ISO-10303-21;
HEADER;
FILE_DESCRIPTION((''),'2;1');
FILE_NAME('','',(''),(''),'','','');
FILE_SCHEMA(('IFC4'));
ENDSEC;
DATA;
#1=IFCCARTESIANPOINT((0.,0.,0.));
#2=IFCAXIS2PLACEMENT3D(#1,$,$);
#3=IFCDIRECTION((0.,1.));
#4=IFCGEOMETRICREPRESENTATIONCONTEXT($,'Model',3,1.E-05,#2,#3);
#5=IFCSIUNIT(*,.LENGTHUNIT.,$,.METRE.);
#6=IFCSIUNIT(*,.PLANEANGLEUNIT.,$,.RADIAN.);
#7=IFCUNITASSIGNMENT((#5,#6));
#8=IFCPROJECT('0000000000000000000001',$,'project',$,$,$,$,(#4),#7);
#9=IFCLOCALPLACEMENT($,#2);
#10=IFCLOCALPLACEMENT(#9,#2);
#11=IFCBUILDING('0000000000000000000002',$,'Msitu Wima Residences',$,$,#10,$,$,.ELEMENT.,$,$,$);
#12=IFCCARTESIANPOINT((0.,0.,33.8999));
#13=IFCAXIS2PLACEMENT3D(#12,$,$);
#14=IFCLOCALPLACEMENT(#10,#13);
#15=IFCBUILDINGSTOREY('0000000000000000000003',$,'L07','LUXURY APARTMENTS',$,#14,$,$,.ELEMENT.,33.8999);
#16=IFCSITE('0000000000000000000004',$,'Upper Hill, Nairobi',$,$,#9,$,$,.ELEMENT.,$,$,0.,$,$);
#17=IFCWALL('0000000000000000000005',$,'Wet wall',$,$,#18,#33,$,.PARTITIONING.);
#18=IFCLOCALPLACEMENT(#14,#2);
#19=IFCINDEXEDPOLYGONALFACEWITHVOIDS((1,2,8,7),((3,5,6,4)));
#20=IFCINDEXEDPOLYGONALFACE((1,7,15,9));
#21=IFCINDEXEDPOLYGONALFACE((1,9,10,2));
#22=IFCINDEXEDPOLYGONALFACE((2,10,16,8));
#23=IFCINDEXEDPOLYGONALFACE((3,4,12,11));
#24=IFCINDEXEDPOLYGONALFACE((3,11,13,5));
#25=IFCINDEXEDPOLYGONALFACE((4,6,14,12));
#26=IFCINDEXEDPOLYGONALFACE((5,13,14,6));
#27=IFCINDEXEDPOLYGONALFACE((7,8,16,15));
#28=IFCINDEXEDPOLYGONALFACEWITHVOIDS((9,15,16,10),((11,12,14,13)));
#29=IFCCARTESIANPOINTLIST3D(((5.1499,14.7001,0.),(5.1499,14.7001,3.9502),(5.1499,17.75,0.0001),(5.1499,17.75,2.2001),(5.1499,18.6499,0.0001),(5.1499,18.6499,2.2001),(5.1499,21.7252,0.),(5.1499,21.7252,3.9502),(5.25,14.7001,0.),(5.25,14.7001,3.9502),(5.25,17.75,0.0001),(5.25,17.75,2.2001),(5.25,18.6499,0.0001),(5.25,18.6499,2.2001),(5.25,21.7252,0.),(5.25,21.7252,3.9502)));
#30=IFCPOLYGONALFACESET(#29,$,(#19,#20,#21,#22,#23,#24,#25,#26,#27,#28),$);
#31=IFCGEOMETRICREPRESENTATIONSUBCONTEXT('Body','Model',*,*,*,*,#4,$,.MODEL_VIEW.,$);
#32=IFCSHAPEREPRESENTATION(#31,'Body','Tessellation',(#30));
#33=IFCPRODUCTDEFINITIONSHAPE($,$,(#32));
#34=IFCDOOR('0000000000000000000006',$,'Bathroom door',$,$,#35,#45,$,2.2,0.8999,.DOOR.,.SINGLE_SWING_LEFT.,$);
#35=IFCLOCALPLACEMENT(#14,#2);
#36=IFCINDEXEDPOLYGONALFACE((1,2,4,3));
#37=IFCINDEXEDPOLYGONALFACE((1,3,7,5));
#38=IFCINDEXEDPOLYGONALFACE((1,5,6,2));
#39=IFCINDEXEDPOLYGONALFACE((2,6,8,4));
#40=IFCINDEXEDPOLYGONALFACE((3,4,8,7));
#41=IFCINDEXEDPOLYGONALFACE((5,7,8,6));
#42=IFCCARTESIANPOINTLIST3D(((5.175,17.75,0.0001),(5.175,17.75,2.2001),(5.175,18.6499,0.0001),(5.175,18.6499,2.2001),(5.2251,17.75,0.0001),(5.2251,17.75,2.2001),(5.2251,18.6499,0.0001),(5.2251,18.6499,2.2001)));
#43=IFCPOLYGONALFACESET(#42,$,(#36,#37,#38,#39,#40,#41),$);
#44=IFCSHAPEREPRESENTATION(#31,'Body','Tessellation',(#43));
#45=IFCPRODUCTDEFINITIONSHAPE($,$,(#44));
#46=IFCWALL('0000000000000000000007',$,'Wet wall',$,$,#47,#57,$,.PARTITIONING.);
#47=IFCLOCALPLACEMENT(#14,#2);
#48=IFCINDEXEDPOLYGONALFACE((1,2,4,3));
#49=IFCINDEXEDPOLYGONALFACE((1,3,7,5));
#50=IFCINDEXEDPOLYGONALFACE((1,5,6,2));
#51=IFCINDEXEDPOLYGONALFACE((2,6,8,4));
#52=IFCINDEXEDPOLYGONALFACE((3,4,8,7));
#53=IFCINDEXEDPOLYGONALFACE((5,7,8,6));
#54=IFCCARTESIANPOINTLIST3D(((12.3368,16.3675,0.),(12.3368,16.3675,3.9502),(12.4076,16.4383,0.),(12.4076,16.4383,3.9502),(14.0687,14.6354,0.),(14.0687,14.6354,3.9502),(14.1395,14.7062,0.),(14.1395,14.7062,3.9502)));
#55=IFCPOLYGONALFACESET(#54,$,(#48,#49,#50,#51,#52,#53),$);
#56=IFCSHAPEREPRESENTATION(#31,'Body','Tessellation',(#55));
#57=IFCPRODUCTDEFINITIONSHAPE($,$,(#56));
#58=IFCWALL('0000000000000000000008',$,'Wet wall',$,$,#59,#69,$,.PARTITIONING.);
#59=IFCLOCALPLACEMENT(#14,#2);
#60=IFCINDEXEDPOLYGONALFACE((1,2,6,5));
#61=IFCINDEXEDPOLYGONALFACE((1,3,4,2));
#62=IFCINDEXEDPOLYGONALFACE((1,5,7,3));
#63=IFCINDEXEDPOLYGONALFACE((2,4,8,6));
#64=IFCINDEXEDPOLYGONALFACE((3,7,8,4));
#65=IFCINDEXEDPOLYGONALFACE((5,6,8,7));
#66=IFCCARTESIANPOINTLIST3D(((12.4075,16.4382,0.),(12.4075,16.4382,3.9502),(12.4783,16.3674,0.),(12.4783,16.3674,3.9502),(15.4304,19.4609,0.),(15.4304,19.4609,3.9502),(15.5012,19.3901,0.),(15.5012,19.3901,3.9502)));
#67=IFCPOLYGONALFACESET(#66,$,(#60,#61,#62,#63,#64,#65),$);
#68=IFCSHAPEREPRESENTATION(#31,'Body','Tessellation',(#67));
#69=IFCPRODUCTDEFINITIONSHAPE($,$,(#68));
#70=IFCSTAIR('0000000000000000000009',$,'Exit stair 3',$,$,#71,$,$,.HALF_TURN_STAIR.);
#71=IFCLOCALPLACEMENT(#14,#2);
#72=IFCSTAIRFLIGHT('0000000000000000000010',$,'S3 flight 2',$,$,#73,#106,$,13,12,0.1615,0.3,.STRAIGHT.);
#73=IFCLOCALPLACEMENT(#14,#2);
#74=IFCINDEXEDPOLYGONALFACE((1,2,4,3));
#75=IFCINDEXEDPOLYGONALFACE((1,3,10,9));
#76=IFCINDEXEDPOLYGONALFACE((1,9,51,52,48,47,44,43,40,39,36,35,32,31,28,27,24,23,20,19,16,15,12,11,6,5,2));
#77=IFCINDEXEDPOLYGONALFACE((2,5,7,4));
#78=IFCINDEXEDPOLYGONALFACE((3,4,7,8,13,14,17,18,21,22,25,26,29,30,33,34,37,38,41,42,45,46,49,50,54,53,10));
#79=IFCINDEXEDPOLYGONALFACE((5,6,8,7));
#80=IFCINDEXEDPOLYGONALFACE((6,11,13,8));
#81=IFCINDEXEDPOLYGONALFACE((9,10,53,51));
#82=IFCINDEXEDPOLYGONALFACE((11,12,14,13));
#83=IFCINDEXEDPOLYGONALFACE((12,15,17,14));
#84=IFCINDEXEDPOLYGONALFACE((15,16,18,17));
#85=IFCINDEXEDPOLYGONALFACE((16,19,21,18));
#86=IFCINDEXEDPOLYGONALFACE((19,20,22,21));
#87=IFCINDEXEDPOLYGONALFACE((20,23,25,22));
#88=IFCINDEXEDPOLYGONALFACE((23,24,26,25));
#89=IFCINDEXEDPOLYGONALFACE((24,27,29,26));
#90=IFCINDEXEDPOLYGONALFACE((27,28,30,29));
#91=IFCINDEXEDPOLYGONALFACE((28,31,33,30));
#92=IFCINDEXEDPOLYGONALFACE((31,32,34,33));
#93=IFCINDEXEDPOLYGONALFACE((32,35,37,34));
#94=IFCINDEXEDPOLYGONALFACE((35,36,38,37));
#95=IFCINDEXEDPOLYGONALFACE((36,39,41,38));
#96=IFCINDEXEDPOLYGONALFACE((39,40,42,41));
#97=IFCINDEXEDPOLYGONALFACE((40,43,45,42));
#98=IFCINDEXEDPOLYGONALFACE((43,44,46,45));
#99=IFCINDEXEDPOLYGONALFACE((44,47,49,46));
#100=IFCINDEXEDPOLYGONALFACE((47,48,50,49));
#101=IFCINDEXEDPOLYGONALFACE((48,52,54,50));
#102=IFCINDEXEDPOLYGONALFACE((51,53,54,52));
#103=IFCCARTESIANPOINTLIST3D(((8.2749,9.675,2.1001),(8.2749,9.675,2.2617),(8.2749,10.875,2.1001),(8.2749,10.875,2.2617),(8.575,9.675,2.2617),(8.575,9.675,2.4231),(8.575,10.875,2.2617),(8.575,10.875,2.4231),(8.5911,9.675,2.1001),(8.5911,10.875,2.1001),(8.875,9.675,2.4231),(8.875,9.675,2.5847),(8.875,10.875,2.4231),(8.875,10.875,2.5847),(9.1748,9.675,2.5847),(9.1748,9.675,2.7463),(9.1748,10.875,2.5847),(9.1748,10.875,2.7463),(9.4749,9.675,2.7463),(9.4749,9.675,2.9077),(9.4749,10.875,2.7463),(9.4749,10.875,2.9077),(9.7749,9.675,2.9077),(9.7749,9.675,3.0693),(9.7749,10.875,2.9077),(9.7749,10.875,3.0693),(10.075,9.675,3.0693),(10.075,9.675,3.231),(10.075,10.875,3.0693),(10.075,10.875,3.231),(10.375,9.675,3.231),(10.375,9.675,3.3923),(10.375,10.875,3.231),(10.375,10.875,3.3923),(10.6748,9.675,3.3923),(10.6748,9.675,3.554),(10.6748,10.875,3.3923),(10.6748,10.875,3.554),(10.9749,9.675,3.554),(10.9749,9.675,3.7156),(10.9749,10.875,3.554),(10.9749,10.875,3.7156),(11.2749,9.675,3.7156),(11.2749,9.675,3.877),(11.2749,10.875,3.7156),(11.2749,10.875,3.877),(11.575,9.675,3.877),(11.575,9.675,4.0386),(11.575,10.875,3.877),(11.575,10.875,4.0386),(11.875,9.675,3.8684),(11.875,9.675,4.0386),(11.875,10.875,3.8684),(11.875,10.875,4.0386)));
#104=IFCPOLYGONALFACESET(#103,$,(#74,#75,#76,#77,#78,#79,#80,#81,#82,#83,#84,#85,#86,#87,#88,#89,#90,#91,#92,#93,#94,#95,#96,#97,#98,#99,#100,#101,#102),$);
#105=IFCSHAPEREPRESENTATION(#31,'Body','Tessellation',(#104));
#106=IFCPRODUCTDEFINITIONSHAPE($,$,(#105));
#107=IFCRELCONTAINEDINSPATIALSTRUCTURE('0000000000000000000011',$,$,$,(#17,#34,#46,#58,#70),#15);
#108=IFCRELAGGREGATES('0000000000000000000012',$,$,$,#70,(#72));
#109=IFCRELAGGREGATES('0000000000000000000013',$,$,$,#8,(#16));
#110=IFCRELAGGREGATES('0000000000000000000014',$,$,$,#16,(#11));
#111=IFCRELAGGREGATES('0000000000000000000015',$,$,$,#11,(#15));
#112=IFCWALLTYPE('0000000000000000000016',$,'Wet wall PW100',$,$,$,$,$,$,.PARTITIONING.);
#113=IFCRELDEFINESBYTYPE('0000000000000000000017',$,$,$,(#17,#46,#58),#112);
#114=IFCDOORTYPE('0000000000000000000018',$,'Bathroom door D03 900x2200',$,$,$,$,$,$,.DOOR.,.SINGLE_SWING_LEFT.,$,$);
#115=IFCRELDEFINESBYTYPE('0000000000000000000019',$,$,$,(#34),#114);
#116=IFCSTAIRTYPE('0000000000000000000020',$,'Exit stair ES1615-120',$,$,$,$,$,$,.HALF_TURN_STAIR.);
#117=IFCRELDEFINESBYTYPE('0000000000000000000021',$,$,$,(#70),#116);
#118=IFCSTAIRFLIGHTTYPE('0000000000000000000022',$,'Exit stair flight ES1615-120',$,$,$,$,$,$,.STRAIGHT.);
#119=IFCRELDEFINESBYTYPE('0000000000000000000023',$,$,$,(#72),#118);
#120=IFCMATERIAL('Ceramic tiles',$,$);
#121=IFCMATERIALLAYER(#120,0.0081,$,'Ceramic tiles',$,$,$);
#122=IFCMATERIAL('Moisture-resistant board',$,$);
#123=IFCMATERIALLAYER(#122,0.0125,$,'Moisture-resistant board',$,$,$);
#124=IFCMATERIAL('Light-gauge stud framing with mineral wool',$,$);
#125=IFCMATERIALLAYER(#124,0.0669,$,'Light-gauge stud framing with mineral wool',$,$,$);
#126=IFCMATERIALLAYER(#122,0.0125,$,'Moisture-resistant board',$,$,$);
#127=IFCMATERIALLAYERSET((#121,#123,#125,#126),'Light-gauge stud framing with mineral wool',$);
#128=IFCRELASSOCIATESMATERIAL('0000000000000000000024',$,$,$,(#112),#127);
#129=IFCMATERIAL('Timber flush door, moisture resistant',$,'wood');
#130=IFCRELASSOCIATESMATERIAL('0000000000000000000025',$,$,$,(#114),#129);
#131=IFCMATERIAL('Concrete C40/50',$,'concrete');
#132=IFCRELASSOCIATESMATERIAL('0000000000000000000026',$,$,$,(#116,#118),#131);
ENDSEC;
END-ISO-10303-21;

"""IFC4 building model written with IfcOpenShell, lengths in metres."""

from ifc_helpers import new_model, si_unit, direction, frame, frame_2d, origin, place, context, subcontext, project, spatial, polyline, rectangle, outline, extrude, material, layer, layer_set, type_object, element, fill, aggregate, save


model = new_model("IFC4")

# Units and contexts
model_context = context("Model", 3, precision=1e-05, world=origin(), true_north=direction((0.0, 1.0)))
body_context = subcontext(model_context, "Body", "Model", "MODEL_VIEW")
ifc_project = project(units=[si_unit("LENGTHUNIT", "METRE"), si_unit("PLANEANGLEUNIT", "RADIAN")], contexts=[model_context])

# Site, building, storey
site_placement = place(None, origin())
site = spatial("IfcSite", under=ifc_project, at=site_placement, Name="Upper Hill, Nairobi", CompositionType="ELEMENT", RefElevation=0.0)
building_placement = place(site_placement, origin())
building = spatial("IfcBuilding", under=site, at=building_placement, Name="Msitu Wima Residences", CompositionType="ELEMENT")
storey_placement = place(building_placement, frame((0.0, 0.0, 33.8999)))
storey = spatial("IfcBuildingStorey", under=building, at=storey_placement, Name="L07", Description="LUXURY APARTMENTS", CompositionType="ELEMENT", Elevation=33.8999)

# Shared definitions
ifc_material_1 = material(Name="Ceramic tiles")
ifc_layer_1 = layer(ifc_material_1, 0.0081, Name="Ceramic tiles")
ifc_material_2 = material(Name="Moisture-resistant board")
ifc_layer_2 = layer(ifc_material_2, 0.0125, Name="Moisture-resistant board")
ifc_material_3 = material(Name="Light-gauge stud framing with mineral wool")
ifc_layer_3 = layer(ifc_material_3, 0.0669, Name="Light-gauge stud framing with mineral wool")
ifc_layer_4 = layer(ifc_material_2, 0.0125, Name="Moisture-resistant board")
ifc_layer_set_1 = layer_set([ifc_layer_1, ifc_layer_2, ifc_layer_3, ifc_layer_4], Name="Light-gauge stud framing with mineral wool")
wall_type_1 = type_object("IfcWallType", Name="Wet wall PW100", PredefinedType="PARTITIONING", material=ifc_layer_set_1)
ifc_material_4 = material(Name="Timber flush door, moisture resistant", Category="wood")
door_type_1 = type_object("IfcDoorType", Name="Bathroom door D03 900x2200", OperationType="SINGLE_SWING_LEFT", PredefinedType="DOOR", material=ifc_material_4)

# Wall, opening, door
wall_1_placement = place(storey_placement, frame((5.2, 14.7, 0.0), z_axis=(0.0, 0.0, 1.0), x_axis=(0.0, 1.0, 0.0)))
wall_1 = element("IfcWall", 1, at=wall_1_placement, inside=storey, type_object=wall_type_1, Name="Wet wall", PredefinedType="PARTITIONING", context=body_context, shape_type="SweptSolid", body=[
    extrude(rectangle(XDim=7.0251, YDim=0.1001, at=frame_2d((3.5127, 0.0))), origin(), (0.0, 0.0, 1.0), 3.9502),
])
opening_1_placement = place(wall_1_placement, frame((3.05, 0.0, 0.0)))
opening_1 = element("IfcOpeningElement", 2, at=opening_1_placement, cuts=wall_1, PredefinedType="OPENING", context=body_context, shape_type="SweptSolid", body=[
    extrude(rectangle(XDim=0.8999, YDim=2.2, at=frame_2d((0.45, 1.1001))), frame((0.0, 0.0601, 0.0), z_axis=(0.0, -1.0, 0.0), x_axis=(1.0, 0.0, 0.0)), (0.0, 0.0, 1.0), 0.1201),
])
door_1_placement = place(opening_1_placement, origin())
door_1 = element("IfcDoor", 3, at=door_1_placement, inside=storey, type_object=door_type_1, Name="Bathroom door", OperationType="SINGLE_SWING_LEFT", OverallHeight=2.2, OverallWidth=0.8999, PredefinedType="DOOR", context=body_context, shape_type="SweptSolid", body=[
    extrude(rectangle(XDim=0.8999, YDim=2.2, at=frame_2d((0.45, 1.1001))), frame((0.0, 0.0249, 0.0), z_axis=(0.0, -1.0, 0.0), x_axis=(1.0, 0.0, 0.0)), (0.0, 0.0, 1.0), 0.05),
])
fill(opening_1, door_1)

# Walls
wall_2_placement = place(storey_placement, frame((12.3723, 16.4028, 0.0), z_axis=(0.0, 0.0, 1.0), x_axis=(0.707057, -0.707157, 0.0)))
element("IfcWall", 4, at=wall_2_placement, inside=storey, type_object=wall_type_1, Name="Wet wall", PredefinedType="PARTITIONING", context=body_context, shape_type="SweptSolid", body=[
    extrude(rectangle(XDim=2.4495, YDim=0.1001, at=frame_2d((1.2246, 0.0))), origin(), (0.0, 0.0, 1.0), 3.9502),
])
wall_3_placement = place(storey_placement, frame((12.4429, 16.4028, 0.0), z_axis=(0.0, 0.0, 1.0), x_axis=(0.707135, 0.707078, 0.0)))
element("IfcWall", 5, at=wall_3_placement, inside=storey, type_object=wall_type_1, Name="Wet wall", PredefinedType="PARTITIONING", context=body_context, shape_type="SweptSolid", body=[
    extrude(rectangle(XDim=4.2749, YDim=0.1001, at=frame_2d((2.1375, 0.0))), origin(), (0.0, 0.0, 1.0), 3.9502),
])

# Stair, stair flight
ifc_material_5 = material(Name="Concrete C40/50", Category="concrete")
stair_type = type_object("IfcStairType", Name="Exit stair ES1615-120", PredefinedType="HALF_TURN_STAIR", material=ifc_material_5)
stair_placement = place(storey_placement, origin())
stair = element("IfcStair", 6, at=stair_placement, inside=storey, type_object=stair_type, Name="Exit stair 3", PredefinedType="HALF_TURN_STAIR")
stair_flight_type = type_object("IfcStairFlightType", Name="Exit stair flight ES1615-120", PredefinedType="STRAIGHT", material=ifc_material_5)
stair_flight_placement = place(storey_placement, frame((8.2749, 10.2749, 2.1001), z_axis=(0.0, 0.0, 1.0), x_axis=(1.0, 0.0, 0.0)))
stair_flight = element("IfcStairFlight", 7, at=stair_flight_placement, type_object=stair_flight_type, Name="S3 flight 2", NumberOfRisers=13, NumberOfTreads=12, PredefinedType="STRAIGHT", RiserHeight=0.1615, TreadLength=0.3, context=body_context, shape_type="SweptSolid", body=[
    extrude(outline(polyline([(0.0, 0.0), (0.0, 0.1616), (0.3, 0.1616), (0.3, 0.323), (0.6001, 0.323), (0.6001, 0.4846), (0.8999, 0.4846), (0.8999, 0.6462), (1.2, 0.6462), (1.2, 0.8076), (1.5, 0.8076), (1.5, 0.9692), (1.8, 0.9692), (1.8, 1.1309), (2.1001, 1.1309), (2.1001, 1.2922), (2.3999, 1.2922), (2.3999, 1.4539), (2.7, 1.4539), (2.7, 1.6155), (3.0, 1.6155), (3.0, 1.7769), (3.3, 1.7769), (3.3, 1.9385), (3.6001, 1.9385), (3.6001, 2.1001), (3.6001, 1.7683), (0.3162, 0.0), (0.0, 0.0)])), frame((0.0, 0.6001, 0.0), z_axis=(0.0, -1.0, 0.0), x_axis=(1.0, 0.0, 0.0)), (0.0, 0.0, 1.0), 1.2),
])
aggregate(stair, [stair_flight])

save(model, "model.ifc")
